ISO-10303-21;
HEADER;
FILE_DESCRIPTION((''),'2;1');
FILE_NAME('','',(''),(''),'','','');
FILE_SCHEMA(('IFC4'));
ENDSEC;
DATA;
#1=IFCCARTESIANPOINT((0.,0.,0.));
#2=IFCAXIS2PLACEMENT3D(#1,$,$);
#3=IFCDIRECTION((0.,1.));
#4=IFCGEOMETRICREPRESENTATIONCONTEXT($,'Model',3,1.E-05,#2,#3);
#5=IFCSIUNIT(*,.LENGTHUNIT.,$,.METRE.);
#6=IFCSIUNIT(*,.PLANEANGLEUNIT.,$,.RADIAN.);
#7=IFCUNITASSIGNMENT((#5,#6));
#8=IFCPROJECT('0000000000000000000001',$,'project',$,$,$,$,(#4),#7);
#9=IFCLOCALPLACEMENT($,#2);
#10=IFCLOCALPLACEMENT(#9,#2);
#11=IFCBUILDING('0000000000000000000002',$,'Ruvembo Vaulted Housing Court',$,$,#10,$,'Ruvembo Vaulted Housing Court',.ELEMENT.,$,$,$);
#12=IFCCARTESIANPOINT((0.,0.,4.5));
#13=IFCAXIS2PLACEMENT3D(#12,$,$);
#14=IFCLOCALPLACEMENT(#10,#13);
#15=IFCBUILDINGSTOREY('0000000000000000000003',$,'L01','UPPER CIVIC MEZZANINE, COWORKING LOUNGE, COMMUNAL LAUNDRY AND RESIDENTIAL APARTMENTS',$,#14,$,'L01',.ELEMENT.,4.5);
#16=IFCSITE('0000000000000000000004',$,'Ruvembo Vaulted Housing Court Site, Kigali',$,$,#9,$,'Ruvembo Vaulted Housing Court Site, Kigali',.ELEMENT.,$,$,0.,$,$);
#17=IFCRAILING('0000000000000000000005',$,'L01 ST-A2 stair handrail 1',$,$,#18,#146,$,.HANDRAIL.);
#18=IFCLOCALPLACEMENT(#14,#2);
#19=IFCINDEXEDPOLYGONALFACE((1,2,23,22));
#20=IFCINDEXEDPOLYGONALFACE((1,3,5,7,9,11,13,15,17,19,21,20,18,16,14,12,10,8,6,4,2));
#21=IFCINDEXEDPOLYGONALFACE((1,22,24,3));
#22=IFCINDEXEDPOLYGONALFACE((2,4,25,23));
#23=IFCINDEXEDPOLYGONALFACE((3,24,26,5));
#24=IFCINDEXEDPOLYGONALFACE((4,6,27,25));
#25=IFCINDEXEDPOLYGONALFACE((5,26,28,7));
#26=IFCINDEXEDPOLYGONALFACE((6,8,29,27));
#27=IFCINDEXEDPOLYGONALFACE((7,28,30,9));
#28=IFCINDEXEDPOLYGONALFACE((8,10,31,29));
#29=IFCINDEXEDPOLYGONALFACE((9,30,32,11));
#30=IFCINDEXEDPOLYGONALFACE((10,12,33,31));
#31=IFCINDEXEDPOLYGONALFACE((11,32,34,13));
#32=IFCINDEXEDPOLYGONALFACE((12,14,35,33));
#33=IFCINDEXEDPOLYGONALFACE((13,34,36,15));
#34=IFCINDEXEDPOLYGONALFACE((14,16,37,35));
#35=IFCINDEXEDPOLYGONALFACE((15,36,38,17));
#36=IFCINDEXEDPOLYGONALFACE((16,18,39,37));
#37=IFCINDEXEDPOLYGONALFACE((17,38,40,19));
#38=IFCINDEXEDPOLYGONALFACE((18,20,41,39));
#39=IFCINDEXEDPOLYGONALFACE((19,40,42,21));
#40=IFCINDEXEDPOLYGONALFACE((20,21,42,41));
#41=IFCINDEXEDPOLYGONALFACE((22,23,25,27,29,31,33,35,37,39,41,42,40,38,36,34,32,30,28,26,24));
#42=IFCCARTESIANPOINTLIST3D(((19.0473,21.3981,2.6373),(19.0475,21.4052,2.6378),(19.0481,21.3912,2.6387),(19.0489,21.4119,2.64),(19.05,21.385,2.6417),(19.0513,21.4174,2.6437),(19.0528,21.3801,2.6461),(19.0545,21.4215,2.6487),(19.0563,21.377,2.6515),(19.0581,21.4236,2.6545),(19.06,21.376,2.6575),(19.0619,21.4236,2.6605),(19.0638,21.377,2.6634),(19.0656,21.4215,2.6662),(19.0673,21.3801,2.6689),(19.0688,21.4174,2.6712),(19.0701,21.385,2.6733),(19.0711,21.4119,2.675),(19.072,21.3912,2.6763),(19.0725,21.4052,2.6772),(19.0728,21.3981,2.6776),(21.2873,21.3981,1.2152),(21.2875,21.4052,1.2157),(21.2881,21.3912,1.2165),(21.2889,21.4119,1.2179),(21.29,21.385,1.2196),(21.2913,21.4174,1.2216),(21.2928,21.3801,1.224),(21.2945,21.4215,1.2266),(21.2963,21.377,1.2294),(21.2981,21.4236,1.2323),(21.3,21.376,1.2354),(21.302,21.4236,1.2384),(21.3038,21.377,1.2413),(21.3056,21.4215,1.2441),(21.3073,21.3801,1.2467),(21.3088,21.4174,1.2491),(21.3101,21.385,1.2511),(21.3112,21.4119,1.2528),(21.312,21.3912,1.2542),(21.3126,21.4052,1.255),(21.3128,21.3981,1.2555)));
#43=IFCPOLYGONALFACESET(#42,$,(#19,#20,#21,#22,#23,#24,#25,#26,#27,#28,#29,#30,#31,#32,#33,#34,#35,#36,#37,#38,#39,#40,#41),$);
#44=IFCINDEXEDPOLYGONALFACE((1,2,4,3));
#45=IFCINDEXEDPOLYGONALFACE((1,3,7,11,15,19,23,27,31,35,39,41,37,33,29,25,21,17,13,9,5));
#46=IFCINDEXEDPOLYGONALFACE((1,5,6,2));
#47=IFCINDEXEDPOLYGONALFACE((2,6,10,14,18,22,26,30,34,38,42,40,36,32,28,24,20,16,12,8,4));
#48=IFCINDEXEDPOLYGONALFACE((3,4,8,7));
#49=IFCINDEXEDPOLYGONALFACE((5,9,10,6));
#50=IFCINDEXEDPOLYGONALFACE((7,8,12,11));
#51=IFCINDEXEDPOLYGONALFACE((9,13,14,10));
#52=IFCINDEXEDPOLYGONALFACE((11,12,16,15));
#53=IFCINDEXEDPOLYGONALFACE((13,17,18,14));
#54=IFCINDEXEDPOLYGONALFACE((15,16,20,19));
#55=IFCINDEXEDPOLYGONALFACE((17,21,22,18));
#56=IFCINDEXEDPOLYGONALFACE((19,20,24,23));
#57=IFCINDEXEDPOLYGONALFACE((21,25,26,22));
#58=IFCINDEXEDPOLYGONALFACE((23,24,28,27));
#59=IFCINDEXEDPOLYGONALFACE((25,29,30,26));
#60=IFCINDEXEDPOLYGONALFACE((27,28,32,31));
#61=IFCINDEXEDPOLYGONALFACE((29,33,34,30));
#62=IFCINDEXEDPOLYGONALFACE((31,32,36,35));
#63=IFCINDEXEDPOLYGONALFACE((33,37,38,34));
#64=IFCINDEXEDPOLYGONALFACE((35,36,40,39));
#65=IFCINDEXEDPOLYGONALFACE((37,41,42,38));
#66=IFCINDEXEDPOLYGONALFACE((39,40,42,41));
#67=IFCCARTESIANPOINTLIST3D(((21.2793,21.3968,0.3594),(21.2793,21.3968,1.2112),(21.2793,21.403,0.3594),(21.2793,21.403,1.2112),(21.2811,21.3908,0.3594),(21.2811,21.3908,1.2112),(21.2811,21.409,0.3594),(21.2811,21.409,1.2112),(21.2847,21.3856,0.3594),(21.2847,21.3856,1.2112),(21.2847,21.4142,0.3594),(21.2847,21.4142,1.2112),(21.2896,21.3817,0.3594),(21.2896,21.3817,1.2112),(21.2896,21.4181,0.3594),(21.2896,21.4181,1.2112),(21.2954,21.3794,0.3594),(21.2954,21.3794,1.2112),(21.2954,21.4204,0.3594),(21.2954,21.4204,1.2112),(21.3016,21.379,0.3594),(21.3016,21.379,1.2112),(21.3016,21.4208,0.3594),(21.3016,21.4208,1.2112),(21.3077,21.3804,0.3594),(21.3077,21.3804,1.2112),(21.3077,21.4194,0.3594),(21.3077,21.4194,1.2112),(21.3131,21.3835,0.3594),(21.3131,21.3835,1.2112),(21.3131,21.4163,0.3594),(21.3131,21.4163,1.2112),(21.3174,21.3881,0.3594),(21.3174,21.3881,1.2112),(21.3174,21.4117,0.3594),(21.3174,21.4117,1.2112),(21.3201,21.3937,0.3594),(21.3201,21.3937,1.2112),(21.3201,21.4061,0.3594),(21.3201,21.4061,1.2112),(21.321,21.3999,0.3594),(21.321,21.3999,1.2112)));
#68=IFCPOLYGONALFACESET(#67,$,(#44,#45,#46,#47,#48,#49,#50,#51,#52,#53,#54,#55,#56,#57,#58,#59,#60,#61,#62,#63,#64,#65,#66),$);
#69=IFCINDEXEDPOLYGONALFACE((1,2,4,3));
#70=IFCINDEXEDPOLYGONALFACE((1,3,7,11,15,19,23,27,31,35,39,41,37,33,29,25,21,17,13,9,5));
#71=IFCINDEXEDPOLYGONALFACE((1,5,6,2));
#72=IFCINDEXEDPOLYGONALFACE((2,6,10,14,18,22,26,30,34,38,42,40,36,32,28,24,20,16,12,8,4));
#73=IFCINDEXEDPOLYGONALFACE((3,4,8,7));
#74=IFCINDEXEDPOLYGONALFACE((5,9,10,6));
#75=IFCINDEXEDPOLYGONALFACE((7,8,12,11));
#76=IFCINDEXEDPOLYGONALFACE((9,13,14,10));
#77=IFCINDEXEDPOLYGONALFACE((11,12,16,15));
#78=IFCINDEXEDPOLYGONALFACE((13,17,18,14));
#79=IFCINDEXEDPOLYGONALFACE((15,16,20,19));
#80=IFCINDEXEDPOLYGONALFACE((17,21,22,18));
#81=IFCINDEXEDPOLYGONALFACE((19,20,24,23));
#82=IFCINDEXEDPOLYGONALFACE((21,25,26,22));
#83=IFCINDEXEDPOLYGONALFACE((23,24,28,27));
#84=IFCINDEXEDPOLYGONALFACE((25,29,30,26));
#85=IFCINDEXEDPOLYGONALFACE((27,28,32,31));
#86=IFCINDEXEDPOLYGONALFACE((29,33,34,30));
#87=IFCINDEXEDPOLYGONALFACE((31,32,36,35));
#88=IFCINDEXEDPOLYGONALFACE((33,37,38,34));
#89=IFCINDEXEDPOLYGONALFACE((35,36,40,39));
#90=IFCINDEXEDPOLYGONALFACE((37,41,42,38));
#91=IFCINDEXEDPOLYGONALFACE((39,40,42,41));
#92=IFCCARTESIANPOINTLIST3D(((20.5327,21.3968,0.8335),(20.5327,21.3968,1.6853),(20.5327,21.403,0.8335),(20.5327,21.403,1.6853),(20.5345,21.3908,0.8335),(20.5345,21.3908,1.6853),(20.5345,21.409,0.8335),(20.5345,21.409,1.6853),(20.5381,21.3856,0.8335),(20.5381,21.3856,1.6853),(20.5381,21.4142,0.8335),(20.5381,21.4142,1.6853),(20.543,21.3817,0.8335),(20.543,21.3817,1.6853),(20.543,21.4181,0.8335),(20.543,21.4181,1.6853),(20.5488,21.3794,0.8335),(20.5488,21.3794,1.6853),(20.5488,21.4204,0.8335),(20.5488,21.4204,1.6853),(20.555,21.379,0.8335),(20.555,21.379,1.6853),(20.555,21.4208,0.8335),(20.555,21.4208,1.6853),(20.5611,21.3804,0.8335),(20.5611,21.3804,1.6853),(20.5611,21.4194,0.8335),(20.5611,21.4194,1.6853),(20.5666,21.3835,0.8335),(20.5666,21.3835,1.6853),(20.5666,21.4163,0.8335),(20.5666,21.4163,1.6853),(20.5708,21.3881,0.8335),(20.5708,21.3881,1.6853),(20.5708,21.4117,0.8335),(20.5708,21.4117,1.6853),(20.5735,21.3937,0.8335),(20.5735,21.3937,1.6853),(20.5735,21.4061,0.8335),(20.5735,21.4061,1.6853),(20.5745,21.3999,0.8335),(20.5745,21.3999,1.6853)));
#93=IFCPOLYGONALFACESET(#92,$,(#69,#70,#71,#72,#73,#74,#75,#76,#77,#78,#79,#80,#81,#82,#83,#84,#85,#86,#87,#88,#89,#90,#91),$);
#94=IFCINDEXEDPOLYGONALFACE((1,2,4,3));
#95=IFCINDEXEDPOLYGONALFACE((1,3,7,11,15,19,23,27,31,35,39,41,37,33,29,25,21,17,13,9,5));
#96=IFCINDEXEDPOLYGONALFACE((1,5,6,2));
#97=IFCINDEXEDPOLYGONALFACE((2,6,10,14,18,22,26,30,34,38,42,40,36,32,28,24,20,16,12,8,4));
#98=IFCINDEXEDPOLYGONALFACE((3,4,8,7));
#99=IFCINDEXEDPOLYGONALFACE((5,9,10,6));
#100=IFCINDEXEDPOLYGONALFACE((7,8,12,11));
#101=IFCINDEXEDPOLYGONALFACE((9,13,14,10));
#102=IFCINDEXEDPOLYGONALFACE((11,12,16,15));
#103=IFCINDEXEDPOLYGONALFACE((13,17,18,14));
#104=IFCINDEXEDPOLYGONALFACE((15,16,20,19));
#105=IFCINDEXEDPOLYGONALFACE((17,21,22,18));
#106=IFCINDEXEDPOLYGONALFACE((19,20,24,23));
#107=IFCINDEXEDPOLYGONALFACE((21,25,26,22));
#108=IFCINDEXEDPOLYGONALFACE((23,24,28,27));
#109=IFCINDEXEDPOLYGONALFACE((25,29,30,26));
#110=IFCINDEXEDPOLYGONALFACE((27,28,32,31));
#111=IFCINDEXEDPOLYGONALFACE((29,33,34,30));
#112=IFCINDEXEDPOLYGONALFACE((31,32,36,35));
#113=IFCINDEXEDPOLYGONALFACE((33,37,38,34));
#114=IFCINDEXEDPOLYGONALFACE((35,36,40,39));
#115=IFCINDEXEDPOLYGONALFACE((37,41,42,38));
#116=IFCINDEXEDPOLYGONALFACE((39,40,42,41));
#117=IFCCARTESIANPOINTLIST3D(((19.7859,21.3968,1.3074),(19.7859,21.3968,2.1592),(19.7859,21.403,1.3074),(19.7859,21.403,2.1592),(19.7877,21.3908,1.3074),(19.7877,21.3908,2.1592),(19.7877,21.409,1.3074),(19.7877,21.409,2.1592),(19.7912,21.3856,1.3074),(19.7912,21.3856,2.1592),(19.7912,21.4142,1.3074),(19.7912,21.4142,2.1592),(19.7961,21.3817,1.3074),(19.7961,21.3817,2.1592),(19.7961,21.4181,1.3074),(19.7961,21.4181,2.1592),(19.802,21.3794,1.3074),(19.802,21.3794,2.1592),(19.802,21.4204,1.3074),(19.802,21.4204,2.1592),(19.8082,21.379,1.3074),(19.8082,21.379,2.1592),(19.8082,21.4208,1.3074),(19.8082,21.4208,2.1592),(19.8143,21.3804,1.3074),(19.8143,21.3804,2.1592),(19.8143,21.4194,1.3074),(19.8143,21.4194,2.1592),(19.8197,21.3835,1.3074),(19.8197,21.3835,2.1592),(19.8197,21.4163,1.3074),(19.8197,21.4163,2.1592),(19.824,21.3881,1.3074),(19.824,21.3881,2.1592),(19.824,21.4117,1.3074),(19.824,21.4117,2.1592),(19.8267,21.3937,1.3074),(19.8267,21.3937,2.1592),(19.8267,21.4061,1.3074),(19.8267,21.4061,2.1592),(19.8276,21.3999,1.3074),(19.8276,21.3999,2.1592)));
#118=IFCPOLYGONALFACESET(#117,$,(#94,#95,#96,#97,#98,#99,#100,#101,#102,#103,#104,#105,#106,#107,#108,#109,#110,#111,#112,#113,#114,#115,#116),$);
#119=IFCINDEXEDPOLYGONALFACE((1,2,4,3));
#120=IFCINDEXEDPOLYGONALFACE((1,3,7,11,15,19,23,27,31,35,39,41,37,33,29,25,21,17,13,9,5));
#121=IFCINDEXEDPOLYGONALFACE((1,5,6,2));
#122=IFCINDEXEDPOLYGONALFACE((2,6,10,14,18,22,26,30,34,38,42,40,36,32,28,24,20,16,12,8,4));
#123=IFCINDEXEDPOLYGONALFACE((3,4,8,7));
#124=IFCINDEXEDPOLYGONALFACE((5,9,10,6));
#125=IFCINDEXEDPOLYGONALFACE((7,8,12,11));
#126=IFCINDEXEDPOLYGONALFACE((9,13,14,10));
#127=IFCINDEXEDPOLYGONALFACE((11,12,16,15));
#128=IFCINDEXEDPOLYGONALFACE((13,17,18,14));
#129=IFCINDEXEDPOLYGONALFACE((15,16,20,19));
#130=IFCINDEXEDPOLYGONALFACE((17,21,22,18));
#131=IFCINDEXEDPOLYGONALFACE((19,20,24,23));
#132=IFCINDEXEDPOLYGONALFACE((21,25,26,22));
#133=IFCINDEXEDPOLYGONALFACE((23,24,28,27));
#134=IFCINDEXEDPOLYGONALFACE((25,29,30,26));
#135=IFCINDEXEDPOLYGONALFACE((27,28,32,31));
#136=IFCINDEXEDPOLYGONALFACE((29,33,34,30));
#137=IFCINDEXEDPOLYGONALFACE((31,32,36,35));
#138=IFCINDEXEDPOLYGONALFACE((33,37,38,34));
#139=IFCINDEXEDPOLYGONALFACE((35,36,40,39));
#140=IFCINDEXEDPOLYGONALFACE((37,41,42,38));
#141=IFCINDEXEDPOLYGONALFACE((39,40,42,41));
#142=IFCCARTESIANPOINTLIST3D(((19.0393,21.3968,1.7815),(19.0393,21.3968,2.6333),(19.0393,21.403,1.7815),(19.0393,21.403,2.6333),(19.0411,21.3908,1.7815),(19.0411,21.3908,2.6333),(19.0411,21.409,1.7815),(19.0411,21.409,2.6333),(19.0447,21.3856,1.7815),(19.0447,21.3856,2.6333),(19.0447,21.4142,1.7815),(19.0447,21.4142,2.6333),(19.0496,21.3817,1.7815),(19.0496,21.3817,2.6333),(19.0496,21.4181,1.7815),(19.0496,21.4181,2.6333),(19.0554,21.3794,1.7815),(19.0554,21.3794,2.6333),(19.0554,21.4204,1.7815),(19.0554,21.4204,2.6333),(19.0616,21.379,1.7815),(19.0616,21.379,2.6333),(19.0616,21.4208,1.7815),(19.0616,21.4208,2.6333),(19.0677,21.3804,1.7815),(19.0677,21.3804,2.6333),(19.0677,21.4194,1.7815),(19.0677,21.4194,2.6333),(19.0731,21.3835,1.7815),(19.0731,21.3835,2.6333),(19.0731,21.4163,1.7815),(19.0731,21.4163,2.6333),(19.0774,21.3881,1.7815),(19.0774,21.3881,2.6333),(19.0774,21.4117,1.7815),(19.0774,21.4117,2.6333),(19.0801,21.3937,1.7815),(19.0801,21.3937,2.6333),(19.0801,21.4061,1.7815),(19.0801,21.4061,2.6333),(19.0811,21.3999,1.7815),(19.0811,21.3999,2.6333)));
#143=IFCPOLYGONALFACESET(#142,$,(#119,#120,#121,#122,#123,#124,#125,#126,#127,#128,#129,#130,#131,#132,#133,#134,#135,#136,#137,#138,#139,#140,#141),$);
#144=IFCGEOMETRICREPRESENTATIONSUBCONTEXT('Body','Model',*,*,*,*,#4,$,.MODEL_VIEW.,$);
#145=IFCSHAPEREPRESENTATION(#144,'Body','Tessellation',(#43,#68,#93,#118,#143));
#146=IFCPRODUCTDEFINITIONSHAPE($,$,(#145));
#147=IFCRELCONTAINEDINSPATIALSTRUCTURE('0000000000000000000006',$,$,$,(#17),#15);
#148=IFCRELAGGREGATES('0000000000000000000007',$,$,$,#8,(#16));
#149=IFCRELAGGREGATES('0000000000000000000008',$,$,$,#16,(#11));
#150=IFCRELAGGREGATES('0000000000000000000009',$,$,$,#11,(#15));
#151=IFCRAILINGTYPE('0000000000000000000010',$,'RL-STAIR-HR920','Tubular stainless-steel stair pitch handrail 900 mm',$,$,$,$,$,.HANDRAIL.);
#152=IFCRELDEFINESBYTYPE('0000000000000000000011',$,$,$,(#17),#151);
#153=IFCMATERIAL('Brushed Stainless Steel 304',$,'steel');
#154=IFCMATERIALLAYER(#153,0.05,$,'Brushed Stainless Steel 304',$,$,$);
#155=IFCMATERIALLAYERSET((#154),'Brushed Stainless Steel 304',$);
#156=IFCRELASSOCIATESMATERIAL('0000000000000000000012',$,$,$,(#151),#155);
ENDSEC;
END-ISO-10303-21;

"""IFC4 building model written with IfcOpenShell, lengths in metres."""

from ifc_helpers import new_model, si_unit, direction, frame, origin, origin_2d, place, context, subcontext, project, spatial, circle, extrude, material, layer, layer_set, type_object, element, save


model = new_model("IFC4")

# Units and contexts
model_context = context("Model", 3, precision=1e-05, world=origin(), true_north=direction((0.0, 1.0)))
body_context = subcontext(model_context, "Body", "Model", "MODEL_VIEW")
ifc_project = project(units=[si_unit("LENGTHUNIT", "METRE"), si_unit("PLANEANGLEUNIT", "RADIAN")], contexts=[model_context])

# Site, building, storey
site_placement = place(None, origin())
site = spatial("IfcSite", under=ifc_project, at=site_placement, Name="Ruvembo Vaulted Housing Court Site, Kigali", LongName="Ruvembo Vaulted Housing Court Site, Kigali", CompositionType="ELEMENT", RefElevation=0.0)
building_placement = place(site_placement, origin())
building = spatial("IfcBuilding", under=site, at=building_placement, Name="Ruvembo Vaulted Housing Court", LongName="Ruvembo Vaulted Housing Court", CompositionType="ELEMENT")
storey_placement = place(building_placement, frame((0.0, 0.0, 4.5)))
storey = spatial("IfcBuildingStorey", under=building, at=storey_placement, Name="L01", Description="UPPER CIVIC MEZZANINE, COWORKING LOUNGE, COMMUNAL LAUNDRY AND RESIDENTIAL APARTMENTS", LongName="L01", CompositionType="ELEMENT", Elevation=4.5)

# Shared definitions
ifc_material_1 = material(Name="Brushed Stainless Steel 304", Category="steel")

# Railing
ifc_layer_1 = layer(ifc_material_1, 0.05, Name="Brushed Stainless Steel 304")
ifc_layer_set_1 = layer_set([ifc_layer_1], Name="Brushed Stainless Steel 304")
railing_type = type_object("IfcRailingType", Name="RL-STAIR-HR920", Description="Tubular stainless-steel stair pitch handrail 900 mm", PredefinedType="HANDRAIL", material=ifc_layer_set_1)
railing_placement = place(storey_placement, frame((21.3, 21.3999, 0.3594)))
element("IfcRailing", 1, at=railing_placement, inside=storey, type_object=railing_type, Name="L01 ST-A2 stair handrail 1", PredefinedType="HANDRAIL", context=body_context, shape_type="SweptSolid", body=[
    extrude(circle(Radius=0.0239, at=origin_2d()), frame((0.0, 0.0, 0.876), z_axis=(-0.844229, 0.0, 0.535982), x_axis=(0.0, -1.0, 0.0)), (0.0, 0.0, 1.0), 2.6533),
    extrude(circle(Radius=0.021, at=origin_2d()), origin(), (0.0, 0.0, 1.0), 0.8518),
    extrude(circle(Radius=0.021, at=origin_2d()), frame((-0.7466, 0.0, 0.4741)), (0.0, 0.0, 1.0), 0.8518),
    extrude(circle(Radius=0.021, at=origin_2d()), frame((-1.4934, 0.0, 0.948)), (0.0, 0.0, 1.0), 0.8518),
    extrude(circle(Radius=0.021, at=origin_2d()), frame((-2.24, 0.0, 1.4221)), (0.0, 0.0, 1.0), 0.8518),
])

save(model, "model.ifc")
